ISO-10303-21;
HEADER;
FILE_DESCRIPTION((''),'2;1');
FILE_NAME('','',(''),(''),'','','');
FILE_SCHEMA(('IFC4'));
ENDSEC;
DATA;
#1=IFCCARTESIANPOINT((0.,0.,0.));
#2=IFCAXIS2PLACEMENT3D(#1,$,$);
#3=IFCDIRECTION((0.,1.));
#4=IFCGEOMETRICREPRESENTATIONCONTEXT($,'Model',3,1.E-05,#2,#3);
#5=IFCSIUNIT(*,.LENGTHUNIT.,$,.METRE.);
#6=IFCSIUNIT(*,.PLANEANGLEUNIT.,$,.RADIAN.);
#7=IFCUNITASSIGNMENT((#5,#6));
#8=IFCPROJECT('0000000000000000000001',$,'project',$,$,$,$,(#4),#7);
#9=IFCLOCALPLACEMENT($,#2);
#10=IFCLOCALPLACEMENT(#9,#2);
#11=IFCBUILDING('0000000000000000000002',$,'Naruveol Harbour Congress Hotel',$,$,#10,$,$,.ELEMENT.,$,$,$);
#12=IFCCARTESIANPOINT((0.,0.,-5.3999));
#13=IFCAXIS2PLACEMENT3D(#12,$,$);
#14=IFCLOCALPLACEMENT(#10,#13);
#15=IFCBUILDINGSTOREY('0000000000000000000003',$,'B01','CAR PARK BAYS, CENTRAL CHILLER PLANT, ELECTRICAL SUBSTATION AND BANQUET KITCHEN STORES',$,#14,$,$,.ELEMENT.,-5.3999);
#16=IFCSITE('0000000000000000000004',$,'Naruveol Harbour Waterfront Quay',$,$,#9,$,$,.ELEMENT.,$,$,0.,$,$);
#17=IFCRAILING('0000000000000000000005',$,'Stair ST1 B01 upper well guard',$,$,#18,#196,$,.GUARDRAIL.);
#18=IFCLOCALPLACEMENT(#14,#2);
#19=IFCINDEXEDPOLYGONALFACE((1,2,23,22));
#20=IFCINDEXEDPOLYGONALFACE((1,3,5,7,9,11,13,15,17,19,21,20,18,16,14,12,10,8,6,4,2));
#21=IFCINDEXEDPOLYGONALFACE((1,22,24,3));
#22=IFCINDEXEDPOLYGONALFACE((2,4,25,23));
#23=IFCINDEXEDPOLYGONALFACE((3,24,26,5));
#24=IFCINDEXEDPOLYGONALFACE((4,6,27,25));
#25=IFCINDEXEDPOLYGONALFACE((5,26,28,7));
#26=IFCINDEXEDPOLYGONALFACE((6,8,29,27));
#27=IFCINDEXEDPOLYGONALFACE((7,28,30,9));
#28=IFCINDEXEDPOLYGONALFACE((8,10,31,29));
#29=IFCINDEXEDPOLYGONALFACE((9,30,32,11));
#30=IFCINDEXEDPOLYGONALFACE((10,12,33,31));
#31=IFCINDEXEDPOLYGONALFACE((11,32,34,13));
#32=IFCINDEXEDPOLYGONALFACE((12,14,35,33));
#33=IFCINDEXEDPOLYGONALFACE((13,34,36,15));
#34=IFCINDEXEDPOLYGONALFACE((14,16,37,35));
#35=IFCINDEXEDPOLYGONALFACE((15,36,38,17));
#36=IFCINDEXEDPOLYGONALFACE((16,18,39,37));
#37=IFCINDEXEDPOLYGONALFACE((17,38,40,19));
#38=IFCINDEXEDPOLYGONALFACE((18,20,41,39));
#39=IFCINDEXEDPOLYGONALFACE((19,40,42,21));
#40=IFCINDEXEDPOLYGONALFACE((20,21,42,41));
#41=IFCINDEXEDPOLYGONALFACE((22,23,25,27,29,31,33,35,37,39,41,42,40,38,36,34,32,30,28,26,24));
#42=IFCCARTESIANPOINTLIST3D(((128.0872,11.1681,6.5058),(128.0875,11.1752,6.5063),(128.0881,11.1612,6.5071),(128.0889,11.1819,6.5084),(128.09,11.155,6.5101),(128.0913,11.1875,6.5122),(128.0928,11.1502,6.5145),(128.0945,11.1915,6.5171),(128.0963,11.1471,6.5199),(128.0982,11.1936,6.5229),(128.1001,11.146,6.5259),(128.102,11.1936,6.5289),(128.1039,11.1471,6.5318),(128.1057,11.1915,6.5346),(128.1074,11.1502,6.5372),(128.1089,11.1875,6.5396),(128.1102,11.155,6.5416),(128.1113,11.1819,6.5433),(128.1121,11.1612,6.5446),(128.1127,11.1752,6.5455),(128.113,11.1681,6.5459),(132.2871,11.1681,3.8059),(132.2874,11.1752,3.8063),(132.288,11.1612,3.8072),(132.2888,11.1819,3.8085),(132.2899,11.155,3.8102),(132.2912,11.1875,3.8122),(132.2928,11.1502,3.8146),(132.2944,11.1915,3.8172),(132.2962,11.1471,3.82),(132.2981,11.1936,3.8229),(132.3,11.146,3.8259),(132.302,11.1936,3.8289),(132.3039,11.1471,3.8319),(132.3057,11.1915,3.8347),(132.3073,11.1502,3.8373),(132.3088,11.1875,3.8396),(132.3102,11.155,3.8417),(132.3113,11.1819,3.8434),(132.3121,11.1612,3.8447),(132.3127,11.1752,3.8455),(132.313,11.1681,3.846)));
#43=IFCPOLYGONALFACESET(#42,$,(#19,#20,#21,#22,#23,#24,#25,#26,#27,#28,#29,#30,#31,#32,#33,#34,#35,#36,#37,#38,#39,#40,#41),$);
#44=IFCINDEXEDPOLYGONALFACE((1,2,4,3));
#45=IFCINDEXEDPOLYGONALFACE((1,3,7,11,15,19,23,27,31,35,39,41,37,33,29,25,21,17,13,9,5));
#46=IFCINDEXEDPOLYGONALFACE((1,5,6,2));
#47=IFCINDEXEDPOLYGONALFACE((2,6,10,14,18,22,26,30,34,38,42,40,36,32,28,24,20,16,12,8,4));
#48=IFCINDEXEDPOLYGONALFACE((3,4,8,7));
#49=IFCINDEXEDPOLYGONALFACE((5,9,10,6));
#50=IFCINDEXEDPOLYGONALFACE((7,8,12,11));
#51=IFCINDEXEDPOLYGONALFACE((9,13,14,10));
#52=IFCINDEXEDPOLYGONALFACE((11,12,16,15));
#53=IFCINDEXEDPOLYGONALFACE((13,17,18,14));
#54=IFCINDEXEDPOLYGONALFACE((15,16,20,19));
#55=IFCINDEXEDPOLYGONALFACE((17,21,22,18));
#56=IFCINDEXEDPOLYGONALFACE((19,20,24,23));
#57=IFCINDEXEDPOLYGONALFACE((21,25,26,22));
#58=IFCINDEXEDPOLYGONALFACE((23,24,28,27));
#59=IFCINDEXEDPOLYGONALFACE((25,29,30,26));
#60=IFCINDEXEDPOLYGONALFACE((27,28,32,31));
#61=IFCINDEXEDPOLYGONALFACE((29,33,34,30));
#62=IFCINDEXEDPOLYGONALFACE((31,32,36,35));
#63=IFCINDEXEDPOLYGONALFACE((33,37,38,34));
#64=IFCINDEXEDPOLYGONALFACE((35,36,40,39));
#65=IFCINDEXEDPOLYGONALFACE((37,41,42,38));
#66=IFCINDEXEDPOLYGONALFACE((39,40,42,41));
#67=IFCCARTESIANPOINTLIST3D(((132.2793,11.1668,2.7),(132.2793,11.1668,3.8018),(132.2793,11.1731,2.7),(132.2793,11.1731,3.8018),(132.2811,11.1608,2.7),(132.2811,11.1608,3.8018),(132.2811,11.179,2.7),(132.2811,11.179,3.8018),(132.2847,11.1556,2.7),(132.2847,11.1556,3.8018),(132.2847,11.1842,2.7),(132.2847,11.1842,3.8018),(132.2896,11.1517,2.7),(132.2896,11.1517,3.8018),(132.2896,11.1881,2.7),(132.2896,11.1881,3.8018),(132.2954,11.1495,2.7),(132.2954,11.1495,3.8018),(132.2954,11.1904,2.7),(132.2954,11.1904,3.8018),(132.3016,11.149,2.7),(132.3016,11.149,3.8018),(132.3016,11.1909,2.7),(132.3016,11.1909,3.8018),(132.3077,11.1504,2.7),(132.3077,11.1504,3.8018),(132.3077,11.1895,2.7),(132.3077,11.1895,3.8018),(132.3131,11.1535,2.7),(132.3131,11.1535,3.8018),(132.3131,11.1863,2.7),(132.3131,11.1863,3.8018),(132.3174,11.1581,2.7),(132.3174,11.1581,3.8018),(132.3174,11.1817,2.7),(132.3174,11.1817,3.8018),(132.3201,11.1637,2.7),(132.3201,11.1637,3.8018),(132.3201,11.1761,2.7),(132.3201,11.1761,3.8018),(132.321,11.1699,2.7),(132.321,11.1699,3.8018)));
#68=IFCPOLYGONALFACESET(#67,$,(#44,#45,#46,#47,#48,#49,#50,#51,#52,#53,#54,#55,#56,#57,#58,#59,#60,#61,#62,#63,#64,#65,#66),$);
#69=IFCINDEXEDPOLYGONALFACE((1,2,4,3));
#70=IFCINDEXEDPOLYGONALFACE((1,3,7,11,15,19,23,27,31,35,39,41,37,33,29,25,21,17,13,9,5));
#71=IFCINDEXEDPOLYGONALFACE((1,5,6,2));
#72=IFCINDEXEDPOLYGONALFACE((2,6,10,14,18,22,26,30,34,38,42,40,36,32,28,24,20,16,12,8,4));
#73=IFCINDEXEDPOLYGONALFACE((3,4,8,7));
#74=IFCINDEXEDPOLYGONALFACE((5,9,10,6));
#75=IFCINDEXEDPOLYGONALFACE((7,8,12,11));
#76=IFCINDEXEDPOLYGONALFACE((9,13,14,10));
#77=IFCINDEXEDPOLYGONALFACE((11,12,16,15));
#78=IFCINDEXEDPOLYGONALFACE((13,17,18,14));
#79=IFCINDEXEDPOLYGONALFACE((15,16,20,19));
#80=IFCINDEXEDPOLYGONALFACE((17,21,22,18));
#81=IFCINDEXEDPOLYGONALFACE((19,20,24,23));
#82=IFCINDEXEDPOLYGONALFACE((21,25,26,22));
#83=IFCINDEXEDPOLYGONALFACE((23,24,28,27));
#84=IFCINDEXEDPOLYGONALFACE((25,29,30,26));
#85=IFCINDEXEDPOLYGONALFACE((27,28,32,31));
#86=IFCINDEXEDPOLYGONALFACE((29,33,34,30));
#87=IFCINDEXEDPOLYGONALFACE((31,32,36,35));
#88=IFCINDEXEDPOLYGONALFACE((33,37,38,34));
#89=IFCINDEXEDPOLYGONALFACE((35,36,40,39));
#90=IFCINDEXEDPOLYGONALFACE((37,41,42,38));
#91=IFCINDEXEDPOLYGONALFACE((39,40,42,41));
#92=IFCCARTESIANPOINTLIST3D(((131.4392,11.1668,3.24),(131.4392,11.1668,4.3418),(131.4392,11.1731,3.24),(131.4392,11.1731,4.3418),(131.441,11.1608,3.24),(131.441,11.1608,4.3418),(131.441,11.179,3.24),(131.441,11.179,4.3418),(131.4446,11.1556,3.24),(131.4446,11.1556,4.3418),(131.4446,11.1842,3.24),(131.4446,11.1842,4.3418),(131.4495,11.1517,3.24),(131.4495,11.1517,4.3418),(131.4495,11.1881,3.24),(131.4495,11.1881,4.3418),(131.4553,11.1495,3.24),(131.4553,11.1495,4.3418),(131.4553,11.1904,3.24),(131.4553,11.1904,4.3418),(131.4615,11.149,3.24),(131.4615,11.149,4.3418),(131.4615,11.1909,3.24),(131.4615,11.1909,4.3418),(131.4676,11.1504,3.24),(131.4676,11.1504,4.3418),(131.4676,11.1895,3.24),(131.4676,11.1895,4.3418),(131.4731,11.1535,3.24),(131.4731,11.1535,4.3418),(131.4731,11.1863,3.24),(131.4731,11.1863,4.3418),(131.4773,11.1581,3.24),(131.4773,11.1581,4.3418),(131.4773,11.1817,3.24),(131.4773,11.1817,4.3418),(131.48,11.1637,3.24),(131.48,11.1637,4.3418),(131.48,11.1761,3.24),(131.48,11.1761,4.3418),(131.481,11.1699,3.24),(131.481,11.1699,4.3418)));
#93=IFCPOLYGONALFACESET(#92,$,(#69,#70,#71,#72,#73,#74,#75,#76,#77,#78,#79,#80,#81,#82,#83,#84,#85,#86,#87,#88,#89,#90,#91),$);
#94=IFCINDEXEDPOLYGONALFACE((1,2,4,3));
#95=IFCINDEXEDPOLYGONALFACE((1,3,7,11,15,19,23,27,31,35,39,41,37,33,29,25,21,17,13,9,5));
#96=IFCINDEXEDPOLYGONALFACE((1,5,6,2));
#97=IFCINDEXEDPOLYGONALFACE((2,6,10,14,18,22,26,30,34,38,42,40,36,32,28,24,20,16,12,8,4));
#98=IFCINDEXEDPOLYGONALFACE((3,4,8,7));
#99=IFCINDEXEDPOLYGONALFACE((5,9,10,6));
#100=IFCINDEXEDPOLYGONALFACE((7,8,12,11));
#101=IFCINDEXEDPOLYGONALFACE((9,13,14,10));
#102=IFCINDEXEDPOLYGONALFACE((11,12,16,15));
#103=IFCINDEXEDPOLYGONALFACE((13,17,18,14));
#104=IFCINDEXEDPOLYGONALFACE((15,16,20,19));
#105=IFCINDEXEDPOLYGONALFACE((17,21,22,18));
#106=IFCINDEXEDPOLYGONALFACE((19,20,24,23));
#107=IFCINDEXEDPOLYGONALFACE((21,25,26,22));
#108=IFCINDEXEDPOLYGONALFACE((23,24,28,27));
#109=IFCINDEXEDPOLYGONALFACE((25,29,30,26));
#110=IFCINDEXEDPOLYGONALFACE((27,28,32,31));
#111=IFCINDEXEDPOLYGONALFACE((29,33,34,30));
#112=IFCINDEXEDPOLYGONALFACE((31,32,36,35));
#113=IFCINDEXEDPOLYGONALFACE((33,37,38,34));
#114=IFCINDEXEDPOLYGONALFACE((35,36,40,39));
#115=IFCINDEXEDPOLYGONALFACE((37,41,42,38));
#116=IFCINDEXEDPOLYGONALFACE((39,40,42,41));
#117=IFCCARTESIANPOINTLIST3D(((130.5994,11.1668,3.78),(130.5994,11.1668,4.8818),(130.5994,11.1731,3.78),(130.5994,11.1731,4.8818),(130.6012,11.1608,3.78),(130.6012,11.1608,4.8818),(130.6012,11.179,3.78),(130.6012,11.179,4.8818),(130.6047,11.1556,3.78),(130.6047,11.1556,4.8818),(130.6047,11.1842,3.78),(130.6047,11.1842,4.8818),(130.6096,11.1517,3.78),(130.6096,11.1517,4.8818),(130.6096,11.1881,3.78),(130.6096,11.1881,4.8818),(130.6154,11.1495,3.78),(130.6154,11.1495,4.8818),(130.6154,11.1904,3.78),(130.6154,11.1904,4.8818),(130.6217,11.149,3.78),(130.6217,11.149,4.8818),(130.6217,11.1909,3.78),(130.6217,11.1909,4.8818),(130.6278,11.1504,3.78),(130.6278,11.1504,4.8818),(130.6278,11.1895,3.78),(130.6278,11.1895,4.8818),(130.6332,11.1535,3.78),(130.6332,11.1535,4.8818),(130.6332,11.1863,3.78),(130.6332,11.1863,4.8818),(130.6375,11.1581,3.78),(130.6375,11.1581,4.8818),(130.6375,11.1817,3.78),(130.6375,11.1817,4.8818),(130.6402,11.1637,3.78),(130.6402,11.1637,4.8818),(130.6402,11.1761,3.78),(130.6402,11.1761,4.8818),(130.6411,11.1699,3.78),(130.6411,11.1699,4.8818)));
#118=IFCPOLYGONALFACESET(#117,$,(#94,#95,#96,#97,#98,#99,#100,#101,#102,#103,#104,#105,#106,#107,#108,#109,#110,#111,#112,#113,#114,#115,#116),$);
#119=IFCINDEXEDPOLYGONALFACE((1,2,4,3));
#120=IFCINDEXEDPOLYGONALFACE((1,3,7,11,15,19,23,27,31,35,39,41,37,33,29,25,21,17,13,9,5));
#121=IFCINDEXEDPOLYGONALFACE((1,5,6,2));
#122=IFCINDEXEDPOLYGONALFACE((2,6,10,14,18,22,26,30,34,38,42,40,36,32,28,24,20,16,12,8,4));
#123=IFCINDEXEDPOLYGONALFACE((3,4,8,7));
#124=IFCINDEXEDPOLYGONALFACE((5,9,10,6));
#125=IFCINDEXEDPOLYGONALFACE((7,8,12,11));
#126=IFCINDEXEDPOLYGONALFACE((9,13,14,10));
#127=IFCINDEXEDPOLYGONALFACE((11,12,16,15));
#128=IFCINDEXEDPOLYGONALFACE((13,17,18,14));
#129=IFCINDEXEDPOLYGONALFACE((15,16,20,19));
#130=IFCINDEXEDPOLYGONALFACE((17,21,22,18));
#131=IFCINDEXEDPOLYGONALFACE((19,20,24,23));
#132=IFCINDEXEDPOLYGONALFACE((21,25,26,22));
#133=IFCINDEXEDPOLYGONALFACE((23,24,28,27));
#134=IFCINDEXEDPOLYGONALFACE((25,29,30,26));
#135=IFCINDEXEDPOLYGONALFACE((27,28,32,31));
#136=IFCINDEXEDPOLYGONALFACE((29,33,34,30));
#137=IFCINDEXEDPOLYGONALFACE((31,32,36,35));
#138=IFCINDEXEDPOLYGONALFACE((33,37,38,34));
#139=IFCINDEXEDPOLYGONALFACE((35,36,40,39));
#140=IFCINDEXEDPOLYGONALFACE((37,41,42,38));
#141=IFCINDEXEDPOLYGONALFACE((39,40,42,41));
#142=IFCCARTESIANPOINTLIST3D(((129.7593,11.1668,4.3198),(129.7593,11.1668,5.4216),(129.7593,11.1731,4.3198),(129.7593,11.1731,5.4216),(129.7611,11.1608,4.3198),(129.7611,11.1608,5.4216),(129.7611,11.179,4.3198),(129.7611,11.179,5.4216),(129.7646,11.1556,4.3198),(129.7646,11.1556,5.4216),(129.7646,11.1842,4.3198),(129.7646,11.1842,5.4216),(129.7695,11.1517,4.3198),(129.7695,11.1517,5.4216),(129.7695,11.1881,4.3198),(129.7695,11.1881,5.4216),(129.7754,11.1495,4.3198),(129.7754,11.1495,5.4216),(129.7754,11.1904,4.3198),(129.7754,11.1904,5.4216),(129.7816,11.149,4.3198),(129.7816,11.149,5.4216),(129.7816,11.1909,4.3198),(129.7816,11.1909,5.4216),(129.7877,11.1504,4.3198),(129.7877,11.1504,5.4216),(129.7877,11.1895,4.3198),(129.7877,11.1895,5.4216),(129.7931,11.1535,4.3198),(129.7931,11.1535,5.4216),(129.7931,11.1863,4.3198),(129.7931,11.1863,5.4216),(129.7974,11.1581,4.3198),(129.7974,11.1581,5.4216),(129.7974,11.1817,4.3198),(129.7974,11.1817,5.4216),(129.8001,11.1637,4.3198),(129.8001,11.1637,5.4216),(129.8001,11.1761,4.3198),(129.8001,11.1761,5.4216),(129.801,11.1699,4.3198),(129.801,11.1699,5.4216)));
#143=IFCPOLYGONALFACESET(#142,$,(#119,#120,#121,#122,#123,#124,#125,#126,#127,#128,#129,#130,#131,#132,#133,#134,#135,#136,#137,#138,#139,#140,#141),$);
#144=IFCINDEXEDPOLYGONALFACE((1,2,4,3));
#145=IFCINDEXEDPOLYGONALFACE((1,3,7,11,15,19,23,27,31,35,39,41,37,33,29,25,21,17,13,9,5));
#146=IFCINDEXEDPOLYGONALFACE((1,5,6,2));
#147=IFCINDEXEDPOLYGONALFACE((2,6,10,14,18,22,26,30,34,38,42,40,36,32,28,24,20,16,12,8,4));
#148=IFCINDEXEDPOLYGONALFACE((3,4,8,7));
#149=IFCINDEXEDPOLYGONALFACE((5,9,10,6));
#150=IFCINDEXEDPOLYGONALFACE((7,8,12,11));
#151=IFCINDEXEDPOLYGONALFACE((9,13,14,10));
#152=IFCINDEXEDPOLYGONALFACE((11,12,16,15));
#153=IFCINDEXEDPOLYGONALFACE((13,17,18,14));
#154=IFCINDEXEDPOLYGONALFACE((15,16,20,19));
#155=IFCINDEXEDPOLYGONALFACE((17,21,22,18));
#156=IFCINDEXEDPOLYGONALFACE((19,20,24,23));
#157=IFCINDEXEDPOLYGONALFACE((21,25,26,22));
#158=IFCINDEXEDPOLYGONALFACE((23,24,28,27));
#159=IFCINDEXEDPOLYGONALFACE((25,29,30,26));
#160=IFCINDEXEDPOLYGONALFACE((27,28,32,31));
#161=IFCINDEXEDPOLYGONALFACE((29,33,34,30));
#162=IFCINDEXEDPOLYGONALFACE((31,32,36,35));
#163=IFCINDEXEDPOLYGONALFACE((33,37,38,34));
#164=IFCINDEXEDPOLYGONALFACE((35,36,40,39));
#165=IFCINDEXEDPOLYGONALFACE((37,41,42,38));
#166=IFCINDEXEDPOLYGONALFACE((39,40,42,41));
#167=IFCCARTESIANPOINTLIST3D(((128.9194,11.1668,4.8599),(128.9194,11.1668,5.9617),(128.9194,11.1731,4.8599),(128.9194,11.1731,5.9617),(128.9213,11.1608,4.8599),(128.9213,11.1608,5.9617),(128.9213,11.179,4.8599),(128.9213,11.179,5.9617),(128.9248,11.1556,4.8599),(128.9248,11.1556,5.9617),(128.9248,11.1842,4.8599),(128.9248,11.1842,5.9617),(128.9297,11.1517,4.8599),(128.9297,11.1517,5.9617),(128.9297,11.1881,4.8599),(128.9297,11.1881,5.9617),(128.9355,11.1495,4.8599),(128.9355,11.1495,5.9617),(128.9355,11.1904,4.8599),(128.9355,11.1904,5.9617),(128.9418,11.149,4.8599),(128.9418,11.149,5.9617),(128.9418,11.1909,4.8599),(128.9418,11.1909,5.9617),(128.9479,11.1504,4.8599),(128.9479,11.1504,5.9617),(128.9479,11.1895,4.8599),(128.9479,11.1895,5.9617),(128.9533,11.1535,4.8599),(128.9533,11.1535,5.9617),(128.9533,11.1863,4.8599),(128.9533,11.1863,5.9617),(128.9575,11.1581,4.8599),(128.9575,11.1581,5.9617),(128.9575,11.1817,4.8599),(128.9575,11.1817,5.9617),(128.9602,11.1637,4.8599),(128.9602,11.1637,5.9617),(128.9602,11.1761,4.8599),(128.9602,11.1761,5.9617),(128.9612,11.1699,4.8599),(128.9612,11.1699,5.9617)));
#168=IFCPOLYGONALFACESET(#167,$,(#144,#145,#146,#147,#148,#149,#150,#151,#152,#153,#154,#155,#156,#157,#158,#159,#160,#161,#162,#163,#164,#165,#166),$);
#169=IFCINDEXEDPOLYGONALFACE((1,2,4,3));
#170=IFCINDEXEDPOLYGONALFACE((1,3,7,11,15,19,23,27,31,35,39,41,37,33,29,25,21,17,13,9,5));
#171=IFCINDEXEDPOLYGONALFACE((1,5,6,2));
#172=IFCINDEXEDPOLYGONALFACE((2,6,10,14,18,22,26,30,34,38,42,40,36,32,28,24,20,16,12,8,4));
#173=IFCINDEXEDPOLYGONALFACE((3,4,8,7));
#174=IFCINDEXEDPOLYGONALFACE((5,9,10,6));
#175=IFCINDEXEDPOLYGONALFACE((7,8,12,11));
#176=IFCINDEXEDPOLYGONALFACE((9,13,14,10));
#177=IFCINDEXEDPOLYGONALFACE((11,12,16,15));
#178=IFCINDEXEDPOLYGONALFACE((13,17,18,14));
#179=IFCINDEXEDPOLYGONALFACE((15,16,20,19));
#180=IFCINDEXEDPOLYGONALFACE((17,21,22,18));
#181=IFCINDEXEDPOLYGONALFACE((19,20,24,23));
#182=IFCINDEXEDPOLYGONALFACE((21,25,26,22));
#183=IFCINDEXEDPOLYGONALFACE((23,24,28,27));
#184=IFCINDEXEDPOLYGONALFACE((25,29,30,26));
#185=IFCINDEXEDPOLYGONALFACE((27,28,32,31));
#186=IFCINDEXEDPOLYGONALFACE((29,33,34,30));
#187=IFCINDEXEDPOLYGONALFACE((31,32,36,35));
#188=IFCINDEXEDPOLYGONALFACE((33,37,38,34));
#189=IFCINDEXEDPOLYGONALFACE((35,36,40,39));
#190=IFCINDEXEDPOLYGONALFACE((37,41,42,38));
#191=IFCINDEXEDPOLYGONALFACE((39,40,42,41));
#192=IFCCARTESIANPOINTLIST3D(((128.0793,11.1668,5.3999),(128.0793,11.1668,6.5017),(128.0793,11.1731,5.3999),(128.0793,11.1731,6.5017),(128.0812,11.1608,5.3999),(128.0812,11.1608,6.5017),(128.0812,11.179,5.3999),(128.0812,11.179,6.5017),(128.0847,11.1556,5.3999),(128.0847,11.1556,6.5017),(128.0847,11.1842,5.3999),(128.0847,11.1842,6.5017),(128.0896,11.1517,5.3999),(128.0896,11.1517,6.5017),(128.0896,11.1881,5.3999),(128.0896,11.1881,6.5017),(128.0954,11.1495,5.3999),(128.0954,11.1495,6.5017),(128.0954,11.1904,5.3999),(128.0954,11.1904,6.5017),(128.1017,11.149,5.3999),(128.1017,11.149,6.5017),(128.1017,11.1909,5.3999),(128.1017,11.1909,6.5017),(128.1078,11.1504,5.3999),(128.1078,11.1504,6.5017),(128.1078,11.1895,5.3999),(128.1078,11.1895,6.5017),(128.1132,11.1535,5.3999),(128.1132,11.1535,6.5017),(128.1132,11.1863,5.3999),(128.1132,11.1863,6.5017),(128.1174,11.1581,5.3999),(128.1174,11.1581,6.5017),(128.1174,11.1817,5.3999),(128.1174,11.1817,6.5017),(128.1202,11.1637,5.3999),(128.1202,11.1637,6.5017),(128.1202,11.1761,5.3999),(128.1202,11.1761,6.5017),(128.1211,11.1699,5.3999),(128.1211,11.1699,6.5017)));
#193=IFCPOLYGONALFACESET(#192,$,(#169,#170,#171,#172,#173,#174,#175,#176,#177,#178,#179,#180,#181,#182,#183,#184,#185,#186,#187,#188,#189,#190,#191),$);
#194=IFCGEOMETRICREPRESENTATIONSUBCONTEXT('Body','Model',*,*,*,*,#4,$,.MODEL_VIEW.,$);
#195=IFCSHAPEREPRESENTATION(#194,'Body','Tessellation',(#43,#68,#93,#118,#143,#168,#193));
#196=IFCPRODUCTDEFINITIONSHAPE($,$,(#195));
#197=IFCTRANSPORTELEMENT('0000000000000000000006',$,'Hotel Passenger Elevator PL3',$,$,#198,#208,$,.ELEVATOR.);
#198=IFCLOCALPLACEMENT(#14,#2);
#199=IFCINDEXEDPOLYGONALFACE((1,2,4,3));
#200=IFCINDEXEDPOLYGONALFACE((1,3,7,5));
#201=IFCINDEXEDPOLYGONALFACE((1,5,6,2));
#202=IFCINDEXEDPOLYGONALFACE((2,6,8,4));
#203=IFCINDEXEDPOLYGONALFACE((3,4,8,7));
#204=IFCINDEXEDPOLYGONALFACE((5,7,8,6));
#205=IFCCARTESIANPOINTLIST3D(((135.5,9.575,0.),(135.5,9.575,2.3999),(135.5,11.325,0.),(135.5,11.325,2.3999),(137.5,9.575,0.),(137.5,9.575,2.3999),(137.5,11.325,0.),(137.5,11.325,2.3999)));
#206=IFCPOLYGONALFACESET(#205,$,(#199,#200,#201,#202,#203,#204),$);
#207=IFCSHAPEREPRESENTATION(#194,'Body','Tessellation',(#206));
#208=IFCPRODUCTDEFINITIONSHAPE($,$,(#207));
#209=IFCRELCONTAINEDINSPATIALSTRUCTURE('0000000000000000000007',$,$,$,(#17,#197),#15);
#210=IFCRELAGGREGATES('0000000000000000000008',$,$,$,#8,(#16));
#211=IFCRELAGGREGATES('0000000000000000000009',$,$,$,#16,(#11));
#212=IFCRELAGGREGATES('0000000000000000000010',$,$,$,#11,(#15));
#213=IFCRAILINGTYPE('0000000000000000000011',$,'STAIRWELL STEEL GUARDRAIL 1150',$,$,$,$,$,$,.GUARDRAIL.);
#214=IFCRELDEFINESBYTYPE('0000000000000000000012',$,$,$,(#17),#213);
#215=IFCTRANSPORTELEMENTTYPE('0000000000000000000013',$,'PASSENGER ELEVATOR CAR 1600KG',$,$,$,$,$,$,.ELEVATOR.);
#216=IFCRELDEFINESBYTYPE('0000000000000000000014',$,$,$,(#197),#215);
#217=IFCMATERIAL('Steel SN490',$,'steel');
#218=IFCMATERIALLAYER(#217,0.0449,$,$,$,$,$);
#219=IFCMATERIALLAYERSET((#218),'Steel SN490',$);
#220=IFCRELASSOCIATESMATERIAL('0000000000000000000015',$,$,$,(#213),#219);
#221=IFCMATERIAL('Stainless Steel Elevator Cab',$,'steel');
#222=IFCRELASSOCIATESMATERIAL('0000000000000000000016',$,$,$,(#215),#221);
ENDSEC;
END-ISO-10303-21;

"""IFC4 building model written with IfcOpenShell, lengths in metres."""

from ifc_helpers import new_model, si_unit, direction, frame, origin, origin_2d, place, context, subcontext, project, spatial, rectangle, circle, extrude, material, layer, layer_set, type_object, element, save


model = new_model("IFC4")

# Units and contexts
model_context = context("Model", 3, precision=1e-05, world=origin(), true_north=direction((0.0, 1.0)))
body_context = subcontext(model_context, "Body", "Model", "MODEL_VIEW")
ifc_project = project(units=[si_unit("LENGTHUNIT", "METRE"), si_unit("PLANEANGLEUNIT", "RADIAN")], contexts=[model_context])

# Site, building, storey
site_placement = place(None, origin())
site = spatial("IfcSite", under=ifc_project, at=site_placement, Name="Naruveol Harbour Waterfront Quay", CompositionType="ELEMENT", RefElevation=0.0)
building_placement = place(site_placement, origin())
building = spatial("IfcBuilding", under=site, at=building_placement, Name="Naruveol Harbour Congress Hotel", CompositionType="ELEMENT")
storey_placement = place(building_placement, frame((0.0, 0.0, -5.3999)))
storey = spatial("IfcBuildingStorey", under=building, at=storey_placement, Name="B01", Description="CAR PARK BAYS, CENTRAL CHILLER PLANT, ELECTRICAL SUBSTATION AND BANQUET KITCHEN STORES", CompositionType="ELEMENT", Elevation=-5.3999)

# Railing
ifc_material_1 = material(Name="Steel SN490", Category="steel")
ifc_layer_1 = layer(ifc_material_1, 0.0449)
ifc_layer_set_1 = layer_set([ifc_layer_1], Name="Steel SN490")
railing_type_1 = type_object("IfcRailingType", Name="STAIRWELL STEEL GUARDRAIL 1150", PredefinedType="GUARDRAIL", material=ifc_layer_set_1)
railing_1_placement = place(storey_placement, frame((132.3, 11.1699, 2.7)))
element("IfcRailing", 1, at=railing_1_placement, inside=storey, type_object=railing_type_1, Name="Stair ST1 B01 upper well guard", PredefinedType="GUARDRAIL", context=body_context, shape_type="SweptSolid", body=[
    extrude(circle(Radius=0.0239, at=origin_2d()), frame((0.0, 0.0, 1.126), z_axis=(-0.84118, 0.0, 0.540755), x_axis=(0.0, -1.0, 0.0)), (0.0, 0.0, 1.0), 4.9929),
    extrude(circle(Radius=0.021, at=origin_2d()), origin(), (0.0, 0.0, 1.0), 1.1018),
    extrude(circle(Radius=0.021, at=origin_2d()), frame((-0.8401, 0.0, 0.54)), (0.0, 0.0, 1.0), 1.1018),
    extrude(circle(Radius=0.021, at=origin_2d()), frame((-1.6799, 0.0, 1.0801)), (0.0, 0.0, 1.0), 1.1018),
    extrude(circle(Radius=0.021, at=origin_2d()), frame((-2.52, 0.0, 1.6199)), (0.0, 0.0, 1.0), 1.1018),
    extrude(circle(Radius=0.021, at=origin_2d()), frame((-3.3599, 0.0, 2.1599)), (0.0, 0.0, 1.0), 1.1018),
    extrude(circle(Radius=0.021, at=origin_2d()), frame((-4.2, 0.0, 2.7)), (0.0, 0.0, 1.0), 1.1018),
])

# Transport element
ifc_material_2 = material(Name="Stainless Steel Elevator Cab", Category="steel")
transport_element_type = type_object("IfcTransportElementType", Name="PASSENGER ELEVATOR CAR 1600KG", PredefinedType="ELEVATOR", material=ifc_material_2)
for number, where, z_axis, x_axis, name in (
    (2, (136.5, 10.45, 0.0), (0.0, 0.0, 1.0), (1.0, 0.0, 0.0), "Hotel Passenger Elevator PL3"),
):
    element("IfcTransportElement", number, at=place(storey_placement, frame(where, z_axis=z_axis, x_axis=x_axis)), inside=storey, type_object=transport_element_type, Name=name, PredefinedType="ELEVATOR", context=body_context, shape_type="SweptSolid", body=[
        extrude(rectangle(XDim=2.0, YDim=1.75, at=origin_2d()), origin(), (0.0, 0.0, 1.0), 2.3999),
    ])

save(model, "model.ifc")
